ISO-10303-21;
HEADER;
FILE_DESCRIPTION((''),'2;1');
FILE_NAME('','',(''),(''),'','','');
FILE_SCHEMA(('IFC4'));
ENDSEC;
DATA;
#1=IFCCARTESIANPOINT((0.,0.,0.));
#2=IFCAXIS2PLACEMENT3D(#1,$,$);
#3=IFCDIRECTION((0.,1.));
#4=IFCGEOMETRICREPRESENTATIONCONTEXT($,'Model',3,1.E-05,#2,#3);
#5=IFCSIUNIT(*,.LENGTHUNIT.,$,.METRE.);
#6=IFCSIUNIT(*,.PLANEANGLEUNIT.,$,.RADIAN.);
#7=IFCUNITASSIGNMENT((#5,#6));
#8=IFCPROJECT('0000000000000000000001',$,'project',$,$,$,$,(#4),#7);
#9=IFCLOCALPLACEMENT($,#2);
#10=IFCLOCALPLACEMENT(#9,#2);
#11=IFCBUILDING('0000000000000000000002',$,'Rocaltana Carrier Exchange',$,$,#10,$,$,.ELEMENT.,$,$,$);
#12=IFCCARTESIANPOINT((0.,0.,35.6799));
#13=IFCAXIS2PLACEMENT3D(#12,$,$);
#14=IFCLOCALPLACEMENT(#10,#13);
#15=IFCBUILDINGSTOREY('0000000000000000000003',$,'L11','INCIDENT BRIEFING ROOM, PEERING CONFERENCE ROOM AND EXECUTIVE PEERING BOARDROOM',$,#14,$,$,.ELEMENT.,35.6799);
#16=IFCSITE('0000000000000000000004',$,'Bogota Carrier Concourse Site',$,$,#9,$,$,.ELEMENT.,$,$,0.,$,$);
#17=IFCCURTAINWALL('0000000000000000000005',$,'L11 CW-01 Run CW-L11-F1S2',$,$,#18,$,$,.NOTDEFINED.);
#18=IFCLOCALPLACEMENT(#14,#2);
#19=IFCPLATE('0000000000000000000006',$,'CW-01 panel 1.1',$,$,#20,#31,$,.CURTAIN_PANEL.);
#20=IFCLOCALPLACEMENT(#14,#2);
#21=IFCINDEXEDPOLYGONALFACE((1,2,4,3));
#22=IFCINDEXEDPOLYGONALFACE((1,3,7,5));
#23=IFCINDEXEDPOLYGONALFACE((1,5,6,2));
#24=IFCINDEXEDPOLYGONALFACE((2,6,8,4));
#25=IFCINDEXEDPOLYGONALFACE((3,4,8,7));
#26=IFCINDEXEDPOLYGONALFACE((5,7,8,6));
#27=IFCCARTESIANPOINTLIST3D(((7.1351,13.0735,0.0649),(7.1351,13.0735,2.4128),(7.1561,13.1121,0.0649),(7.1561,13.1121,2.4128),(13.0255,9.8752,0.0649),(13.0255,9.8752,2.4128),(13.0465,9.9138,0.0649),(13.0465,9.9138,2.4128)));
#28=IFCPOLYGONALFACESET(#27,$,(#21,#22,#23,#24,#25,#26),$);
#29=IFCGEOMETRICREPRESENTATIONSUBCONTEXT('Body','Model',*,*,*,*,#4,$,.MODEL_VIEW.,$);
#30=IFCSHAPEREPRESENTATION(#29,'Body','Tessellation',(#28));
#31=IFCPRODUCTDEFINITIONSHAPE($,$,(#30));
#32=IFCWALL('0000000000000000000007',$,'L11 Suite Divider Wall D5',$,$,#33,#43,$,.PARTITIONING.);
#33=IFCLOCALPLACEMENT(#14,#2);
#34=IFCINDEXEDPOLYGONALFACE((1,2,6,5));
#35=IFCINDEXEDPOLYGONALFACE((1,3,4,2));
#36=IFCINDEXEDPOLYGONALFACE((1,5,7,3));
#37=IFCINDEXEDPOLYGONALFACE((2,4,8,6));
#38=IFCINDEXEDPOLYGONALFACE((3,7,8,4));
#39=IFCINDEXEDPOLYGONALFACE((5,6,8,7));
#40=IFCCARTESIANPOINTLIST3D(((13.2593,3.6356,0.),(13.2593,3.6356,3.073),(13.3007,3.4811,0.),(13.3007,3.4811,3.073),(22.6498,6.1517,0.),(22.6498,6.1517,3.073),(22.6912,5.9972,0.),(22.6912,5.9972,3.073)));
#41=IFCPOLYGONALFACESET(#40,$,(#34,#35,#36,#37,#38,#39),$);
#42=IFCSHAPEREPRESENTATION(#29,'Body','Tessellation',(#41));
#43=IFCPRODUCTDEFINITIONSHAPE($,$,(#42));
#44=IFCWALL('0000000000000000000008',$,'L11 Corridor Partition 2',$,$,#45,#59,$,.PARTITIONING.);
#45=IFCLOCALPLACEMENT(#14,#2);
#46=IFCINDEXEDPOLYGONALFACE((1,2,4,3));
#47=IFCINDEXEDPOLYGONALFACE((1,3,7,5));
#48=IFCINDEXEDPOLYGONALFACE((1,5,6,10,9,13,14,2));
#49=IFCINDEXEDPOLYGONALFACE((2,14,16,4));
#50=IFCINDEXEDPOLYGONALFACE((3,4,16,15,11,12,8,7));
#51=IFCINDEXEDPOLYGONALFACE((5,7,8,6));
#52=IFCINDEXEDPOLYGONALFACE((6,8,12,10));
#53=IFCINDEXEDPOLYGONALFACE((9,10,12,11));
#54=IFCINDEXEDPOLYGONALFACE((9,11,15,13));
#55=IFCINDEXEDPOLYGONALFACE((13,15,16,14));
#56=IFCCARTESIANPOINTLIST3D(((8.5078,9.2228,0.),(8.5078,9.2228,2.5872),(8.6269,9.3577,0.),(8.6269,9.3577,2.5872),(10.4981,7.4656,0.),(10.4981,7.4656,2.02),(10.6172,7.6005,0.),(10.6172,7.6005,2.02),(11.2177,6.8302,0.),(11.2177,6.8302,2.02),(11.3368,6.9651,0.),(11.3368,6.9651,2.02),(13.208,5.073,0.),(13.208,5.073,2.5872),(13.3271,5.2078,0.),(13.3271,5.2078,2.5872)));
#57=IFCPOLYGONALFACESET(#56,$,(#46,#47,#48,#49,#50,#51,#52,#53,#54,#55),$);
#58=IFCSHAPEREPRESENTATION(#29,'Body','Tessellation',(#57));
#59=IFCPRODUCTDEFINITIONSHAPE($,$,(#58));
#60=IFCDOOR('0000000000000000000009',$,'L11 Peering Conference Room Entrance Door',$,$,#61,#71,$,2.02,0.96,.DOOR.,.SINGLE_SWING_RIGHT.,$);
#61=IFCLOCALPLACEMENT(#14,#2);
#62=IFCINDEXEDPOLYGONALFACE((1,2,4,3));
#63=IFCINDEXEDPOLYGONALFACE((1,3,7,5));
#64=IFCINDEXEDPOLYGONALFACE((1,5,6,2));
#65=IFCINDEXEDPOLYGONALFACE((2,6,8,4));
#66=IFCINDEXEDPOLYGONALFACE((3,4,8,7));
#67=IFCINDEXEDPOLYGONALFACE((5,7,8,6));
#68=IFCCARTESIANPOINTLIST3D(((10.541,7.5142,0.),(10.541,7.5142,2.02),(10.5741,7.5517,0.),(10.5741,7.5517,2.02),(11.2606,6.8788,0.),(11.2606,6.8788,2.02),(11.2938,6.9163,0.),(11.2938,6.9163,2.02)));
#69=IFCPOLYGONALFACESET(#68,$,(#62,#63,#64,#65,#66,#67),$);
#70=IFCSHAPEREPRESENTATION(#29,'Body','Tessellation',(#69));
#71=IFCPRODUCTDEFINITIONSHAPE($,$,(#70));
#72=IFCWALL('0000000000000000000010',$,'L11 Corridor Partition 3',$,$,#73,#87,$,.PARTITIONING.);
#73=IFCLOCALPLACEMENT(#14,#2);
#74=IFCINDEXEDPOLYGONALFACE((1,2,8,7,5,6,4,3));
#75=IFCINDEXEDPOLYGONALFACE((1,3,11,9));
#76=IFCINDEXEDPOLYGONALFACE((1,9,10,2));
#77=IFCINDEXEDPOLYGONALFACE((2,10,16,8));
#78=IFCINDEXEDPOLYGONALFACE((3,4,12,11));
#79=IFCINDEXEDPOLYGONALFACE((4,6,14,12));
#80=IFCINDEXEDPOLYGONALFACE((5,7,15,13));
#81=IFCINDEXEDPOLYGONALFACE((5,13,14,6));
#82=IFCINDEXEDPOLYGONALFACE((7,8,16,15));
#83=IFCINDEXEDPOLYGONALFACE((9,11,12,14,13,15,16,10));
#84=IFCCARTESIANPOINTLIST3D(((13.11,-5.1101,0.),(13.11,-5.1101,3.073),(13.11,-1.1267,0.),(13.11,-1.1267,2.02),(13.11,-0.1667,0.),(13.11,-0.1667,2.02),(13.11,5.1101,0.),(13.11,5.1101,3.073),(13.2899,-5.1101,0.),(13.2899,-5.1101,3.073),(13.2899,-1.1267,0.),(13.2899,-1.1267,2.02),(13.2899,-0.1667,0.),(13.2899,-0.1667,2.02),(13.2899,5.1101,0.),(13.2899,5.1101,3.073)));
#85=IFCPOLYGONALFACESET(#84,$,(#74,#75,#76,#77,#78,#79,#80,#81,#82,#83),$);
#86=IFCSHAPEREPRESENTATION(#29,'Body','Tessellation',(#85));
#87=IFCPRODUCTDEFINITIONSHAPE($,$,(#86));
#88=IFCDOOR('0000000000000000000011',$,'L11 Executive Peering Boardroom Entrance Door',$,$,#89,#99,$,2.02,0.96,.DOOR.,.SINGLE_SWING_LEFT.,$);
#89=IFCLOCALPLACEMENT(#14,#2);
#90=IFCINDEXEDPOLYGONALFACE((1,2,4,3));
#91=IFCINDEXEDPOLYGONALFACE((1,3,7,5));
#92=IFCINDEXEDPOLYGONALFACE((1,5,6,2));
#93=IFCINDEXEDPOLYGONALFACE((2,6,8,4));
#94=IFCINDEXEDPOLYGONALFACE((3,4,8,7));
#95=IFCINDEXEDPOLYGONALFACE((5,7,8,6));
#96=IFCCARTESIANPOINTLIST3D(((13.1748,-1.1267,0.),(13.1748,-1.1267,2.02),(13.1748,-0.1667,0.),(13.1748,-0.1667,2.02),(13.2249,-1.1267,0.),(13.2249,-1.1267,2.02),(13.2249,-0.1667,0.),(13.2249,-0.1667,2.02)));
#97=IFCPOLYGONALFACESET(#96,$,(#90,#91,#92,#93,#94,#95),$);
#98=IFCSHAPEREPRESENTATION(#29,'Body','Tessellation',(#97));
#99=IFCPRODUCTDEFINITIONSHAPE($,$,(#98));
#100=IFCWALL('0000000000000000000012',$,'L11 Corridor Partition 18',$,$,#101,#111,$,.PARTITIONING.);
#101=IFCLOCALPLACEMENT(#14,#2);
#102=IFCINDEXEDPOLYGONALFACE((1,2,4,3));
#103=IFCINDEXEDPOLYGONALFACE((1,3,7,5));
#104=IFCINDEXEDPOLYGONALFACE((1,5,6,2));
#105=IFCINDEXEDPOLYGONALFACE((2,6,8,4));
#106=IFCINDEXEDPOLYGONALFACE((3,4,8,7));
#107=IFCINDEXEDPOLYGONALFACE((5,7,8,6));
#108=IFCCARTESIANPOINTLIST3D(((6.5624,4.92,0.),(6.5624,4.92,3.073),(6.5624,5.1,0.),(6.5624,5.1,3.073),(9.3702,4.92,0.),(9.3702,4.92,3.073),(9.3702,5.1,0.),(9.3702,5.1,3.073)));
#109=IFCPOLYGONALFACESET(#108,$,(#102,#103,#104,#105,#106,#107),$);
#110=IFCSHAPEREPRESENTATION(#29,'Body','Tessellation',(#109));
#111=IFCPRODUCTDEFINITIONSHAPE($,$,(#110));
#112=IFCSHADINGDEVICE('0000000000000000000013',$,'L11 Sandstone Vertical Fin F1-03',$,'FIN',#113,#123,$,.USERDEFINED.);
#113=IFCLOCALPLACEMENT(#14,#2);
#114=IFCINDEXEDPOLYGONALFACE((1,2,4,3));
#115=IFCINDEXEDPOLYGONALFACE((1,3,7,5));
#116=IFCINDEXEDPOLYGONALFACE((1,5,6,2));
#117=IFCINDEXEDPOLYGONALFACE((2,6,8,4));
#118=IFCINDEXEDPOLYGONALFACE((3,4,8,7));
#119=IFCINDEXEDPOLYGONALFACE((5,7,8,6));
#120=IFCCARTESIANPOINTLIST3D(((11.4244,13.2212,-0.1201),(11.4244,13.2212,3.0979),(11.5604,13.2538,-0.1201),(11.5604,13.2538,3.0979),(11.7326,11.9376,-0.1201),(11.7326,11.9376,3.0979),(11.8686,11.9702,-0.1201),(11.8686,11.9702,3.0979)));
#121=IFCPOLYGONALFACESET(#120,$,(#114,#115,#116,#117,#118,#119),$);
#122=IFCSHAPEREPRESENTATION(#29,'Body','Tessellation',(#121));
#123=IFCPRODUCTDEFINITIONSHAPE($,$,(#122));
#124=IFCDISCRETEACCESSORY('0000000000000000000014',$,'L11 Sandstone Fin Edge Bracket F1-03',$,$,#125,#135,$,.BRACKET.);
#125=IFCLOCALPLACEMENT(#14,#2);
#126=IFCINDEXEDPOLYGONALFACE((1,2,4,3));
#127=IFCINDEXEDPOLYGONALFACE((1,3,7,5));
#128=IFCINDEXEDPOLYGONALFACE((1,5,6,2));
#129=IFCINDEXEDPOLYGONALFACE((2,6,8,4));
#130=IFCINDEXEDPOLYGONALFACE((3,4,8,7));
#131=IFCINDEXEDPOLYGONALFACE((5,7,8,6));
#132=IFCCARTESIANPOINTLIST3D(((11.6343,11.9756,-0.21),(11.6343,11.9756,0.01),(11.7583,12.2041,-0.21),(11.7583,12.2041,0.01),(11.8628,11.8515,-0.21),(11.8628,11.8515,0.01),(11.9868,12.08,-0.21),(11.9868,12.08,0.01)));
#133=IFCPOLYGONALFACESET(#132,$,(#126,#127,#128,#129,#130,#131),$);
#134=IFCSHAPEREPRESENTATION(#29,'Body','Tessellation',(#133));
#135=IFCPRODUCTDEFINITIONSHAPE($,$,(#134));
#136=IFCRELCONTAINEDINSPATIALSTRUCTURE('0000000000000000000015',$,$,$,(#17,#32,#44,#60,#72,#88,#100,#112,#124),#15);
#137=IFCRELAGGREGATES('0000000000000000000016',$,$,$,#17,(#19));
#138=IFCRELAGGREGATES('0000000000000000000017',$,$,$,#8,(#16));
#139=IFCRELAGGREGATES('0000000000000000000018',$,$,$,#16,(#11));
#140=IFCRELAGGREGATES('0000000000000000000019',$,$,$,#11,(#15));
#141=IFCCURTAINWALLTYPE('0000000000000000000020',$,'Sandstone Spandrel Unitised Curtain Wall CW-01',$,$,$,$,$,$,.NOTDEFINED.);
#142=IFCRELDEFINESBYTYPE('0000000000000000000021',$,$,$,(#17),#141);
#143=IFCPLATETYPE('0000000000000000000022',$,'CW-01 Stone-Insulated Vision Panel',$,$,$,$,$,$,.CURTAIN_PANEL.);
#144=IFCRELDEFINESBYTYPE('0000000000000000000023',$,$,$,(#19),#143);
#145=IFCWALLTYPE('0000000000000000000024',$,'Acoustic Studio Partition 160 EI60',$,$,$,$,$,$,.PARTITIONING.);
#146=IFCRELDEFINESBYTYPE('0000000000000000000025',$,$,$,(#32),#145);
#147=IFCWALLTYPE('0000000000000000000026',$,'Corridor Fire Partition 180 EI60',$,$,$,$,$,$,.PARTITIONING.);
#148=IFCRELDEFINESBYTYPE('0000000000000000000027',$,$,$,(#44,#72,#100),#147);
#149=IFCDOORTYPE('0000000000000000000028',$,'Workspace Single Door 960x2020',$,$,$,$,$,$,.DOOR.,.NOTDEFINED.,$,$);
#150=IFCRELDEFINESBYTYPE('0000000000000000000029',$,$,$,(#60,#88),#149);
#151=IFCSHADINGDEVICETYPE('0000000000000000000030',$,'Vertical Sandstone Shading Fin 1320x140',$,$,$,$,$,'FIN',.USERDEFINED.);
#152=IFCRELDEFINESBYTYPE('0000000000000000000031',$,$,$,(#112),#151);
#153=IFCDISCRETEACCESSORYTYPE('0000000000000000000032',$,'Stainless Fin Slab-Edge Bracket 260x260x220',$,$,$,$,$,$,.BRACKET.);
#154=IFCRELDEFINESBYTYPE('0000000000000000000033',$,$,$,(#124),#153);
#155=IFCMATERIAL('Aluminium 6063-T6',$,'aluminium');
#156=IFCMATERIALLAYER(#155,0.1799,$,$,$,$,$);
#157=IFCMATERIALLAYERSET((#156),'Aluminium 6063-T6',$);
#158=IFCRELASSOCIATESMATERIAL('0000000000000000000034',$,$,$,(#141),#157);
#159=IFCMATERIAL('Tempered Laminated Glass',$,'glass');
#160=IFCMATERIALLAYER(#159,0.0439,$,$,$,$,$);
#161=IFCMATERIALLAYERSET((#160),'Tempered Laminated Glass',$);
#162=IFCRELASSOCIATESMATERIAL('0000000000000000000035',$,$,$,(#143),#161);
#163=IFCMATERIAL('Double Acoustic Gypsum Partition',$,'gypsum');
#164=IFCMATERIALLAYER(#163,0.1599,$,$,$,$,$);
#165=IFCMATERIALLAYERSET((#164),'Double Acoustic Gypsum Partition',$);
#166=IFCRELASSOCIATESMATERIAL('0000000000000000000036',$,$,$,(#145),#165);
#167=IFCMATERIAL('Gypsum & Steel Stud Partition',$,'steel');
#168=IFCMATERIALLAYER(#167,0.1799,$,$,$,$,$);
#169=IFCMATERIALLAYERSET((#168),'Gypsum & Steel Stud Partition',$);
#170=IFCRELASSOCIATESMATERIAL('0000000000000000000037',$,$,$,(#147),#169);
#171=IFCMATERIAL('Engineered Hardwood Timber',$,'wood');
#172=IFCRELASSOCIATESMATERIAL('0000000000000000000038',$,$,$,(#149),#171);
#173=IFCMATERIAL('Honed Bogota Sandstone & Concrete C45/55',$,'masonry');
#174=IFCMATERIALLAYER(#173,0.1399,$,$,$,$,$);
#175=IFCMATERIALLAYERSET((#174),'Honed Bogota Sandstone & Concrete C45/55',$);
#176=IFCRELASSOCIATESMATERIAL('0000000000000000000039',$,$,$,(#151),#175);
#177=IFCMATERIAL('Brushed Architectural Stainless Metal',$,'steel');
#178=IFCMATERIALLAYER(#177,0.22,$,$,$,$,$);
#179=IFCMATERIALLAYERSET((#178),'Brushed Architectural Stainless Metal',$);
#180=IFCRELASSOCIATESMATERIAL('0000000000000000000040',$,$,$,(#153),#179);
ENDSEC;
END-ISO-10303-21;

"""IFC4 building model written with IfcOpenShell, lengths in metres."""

from ifc_helpers import new_model, si_unit, direction, frame, frame_2d, origin, origin_2d, place, context, subcontext, project, spatial, rectangle, extrude, material, layer, layer_set, type_object, element, fill, aggregate, save


model = new_model("IFC4")

# Units and contexts
model_context = context("Model", 3, precision=1e-05, world=origin(), true_north=direction((0.0, 1.0)))
body_context = subcontext(model_context, "Body", "Model", "MODEL_VIEW")
ifc_project = project(units=[si_unit("LENGTHUNIT", "METRE"), si_unit("PLANEANGLEUNIT", "RADIAN")], contexts=[model_context])

# Site, building, storey
site_placement = place(None, origin())
site = spatial("IfcSite", under=ifc_project, at=site_placement, Name="Bogota Carrier Concourse Site", CompositionType="ELEMENT", RefElevation=0.0)
building_placement = place(site_placement, origin())
building = spatial("IfcBuilding", under=site, at=building_placement, Name="Rocaltana Carrier Exchange", CompositionType="ELEMENT")
storey_placement = place(building_placement, frame((0.0, 0.0, 35.6799)))
storey = spatial("IfcBuildingStorey", under=building, at=storey_placement, Name="L11", Description="INCIDENT BRIEFING ROOM, PEERING CONFERENCE ROOM AND EXECUTIVE PEERING BOARDROOM", CompositionType="ELEMENT", Elevation=35.6799)

# Curtain wall
ifc_material_1 = material(Name="Aluminium 6063-T6", Category="aluminium")
ifc_layer_1 = layer(ifc_material_1, 0.1799)
ifc_layer_set_1 = layer_set([ifc_layer_1], Name="Aluminium 6063-T6")
curtain_wall_type = type_object("IfcCurtainWallType", Name="Sandstone Spandrel Unitised Curtain Wall CW-01", PredefinedType="NOTDEFINED", material=ifc_layer_set_1)
curtain_wall_placement = place(storey_placement, origin())
curtain_wall = element("IfcCurtainWall", 1, at=curtain_wall_placement, inside=storey, type_object=curtain_wall_type, Name="L11 CW-01 Run CW-L11-F1S2", PredefinedType="NOTDEFINED")

# Plate
ifc_material_2 = material(Name="Tempered Laminated Glass", Category="glass")
ifc_layer_2 = layer(ifc_material_2, 0.0439)
ifc_layer_set_2 = layer_set([ifc_layer_2], Name="Tempered Laminated Glass")
plate_type = type_object("IfcPlateType", Name="CW-01 Stone-Insulated Vision Panel", PredefinedType="CURTAIN_PANEL", material=ifc_layer_set_2)
plate_placement = place(storey_placement, frame((10.0908, 11.4937, 0.0649), z_axis=(0.0, 0.0, 1.0), x_axis=(-0.878814, 0.477164, 0.0)))
plate = element("IfcPlate", 2, at=plate_placement, type_object=plate_type, Name="CW-01 panel 1.1", PredefinedType="CURTAIN_PANEL", context=body_context, shape_type="SweptSolid", body=[
    extrude(rectangle(XDim=6.7026, YDim=0.0439, at=origin_2d()), origin(), (0.0, 0.0, 1.0), 2.3479),
])
aggregate(curtain_wall, [plate])

# Wall
ifc_material_3 = material(Name="Double Acoustic Gypsum Partition", Category="gypsum")
ifc_layer_3 = layer(ifc_material_3, 0.1599)
ifc_layer_set_3 = layer_set([ifc_layer_3], Name="Double Acoustic Gypsum Partition")
wall_type_1 = type_object("IfcWallType", Name="Acoustic Studio Partition 160 EI60", PredefinedType="PARTITIONING", material=ifc_layer_set_3)
wall_1_placement = place(storey_placement, frame((13.28, 3.5583, 0.0), z_axis=(0.0, 0.0, 1.0), x_axis=(0.965927, 0.258816, 0.0)))
element("IfcWall", 3, at=wall_1_placement, inside=storey, type_object=wall_type_1, Name="L11 Suite Divider Wall D5", PredefinedType="PARTITIONING", context=body_context, shape_type="SweptSolid", body=[
    extrude(rectangle(XDim=9.7217, YDim=0.1599, at=frame_2d((4.8608, 0.0))), origin(), (0.0, 0.0, 1.0), 3.073),
])

# Walls, openings, doors
ifc_material_4 = material(Name="Gypsum & Steel Stud Partition", Category="steel")
ifc_layer_4 = layer(ifc_material_4, 0.1799)
ifc_layer_set_4 = layer_set([ifc_layer_4], Name="Gypsum & Steel Stud Partition")
wall_type_2 = type_object("IfcWallType", Name="Corridor Fire Partition 180 EI60", PredefinedType="PARTITIONING", material=ifc_layer_set_4)
wall_2_placement = place(storey_placement, frame((8.5674, 9.2903, 0.0), z_axis=(0.0, 0.0, 1.0), x_axis=(0.749626, -0.661861, 0.0)))
wall_2 = element("IfcWall", 4, at=wall_2_placement, inside=storey, type_object=wall_type_2, Name="L11 Corridor Partition 2", PredefinedType="PARTITIONING", context=body_context, shape_type="SweptSolid", body=[
    extrude(rectangle(XDim=6.27, YDim=0.1799, at=frame_2d((3.135, 0.0))), origin(), (0.0, 0.0, 1.0), 2.5872),
])
opening_1_placement = place(wall_2_placement, frame((2.655, 0.0, 0.0)))
opening_1 = element("IfcOpeningElement", 5, at=opening_1_placement, cuts=wall_2, PredefinedType="OPENING", context=body_context, shape_type="SweptSolid", body=[
    extrude(rectangle(XDim=0.96, YDim=2.02, at=frame_2d((0.48, 1.01))), frame((0.0, 0.0999, 0.0), z_axis=(0.0, -1.0, 0.0), x_axis=(1.0, 0.0, 0.0)), (0.0, 0.0, 1.0), 0.2),
])
ifc_material_5 = material(Name="Engineered Hardwood Timber", Category="wood")
door_type = type_object("IfcDoorType", Name="Workspace Single Door 960x2020", OperationType="NOTDEFINED", PredefinedType="DOOR", material=ifc_material_5)
door_1_placement = place(opening_1_placement, origin())
door_1 = element("IfcDoor", 6, at=door_1_placement, inside=storey, type_object=door_type, Name="L11 Peering Conference Room Entrance Door", OperationType="SINGLE_SWING_RIGHT", OverallHeight=2.02, OverallWidth=0.96, PredefinedType="DOOR", context=body_context, shape_type="SweptSolid", body=[
    extrude(rectangle(XDim=0.96, YDim=2.02, at=frame_2d((0.48, 1.01))), frame((0.0, 0.0249, 0.0), z_axis=(0.0, -1.0, 0.0), x_axis=(1.0, 0.0, 0.0)), (0.0, 0.0, 1.0), 0.05),
])
fill(opening_1, door_1)
wall_3_placement = place(storey_placement, frame((13.2, 5.1101, 0.0), z_axis=(0.0, 0.0, 1.0), x_axis=(0.0, -1.0, 0.0)))
wall_3 = element("IfcWall", 7, at=wall_3_placement, inside=storey, type_object=wall_type_2, Name="L11 Corridor Partition 3", PredefinedType="PARTITIONING", context=body_context, shape_type="SweptSolid", body=[
    extrude(rectangle(XDim=10.2202, YDim=0.1799, at=frame_2d((5.1101, 0.0))), origin(), (0.0, 0.0, 1.0), 3.073),
])
opening_2_placement = place(wall_3_placement, frame((5.2769, 0.0, 0.0)))
opening_2 = element("IfcOpeningElement", 8, at=opening_2_placement, cuts=wall_3, PredefinedType="OPENING", context=body_context, shape_type="SweptSolid", body=[
    extrude(rectangle(XDim=0.96, YDim=2.02, at=frame_2d((0.48, 1.01))), frame((0.0, 0.0999, 0.0), z_axis=(0.0, -1.0, 0.0), x_axis=(1.0, 0.0, 0.0)), (0.0, 0.0, 1.0), 0.2),
])
door_2_placement = place(opening_2_placement, origin())
door_2 = element("IfcDoor", 9, at=door_2_placement, inside=storey, type_object=door_type, Name="L11 Executive Peering Boardroom Entrance Door", OperationType="SINGLE_SWING_LEFT", OverallHeight=2.02, OverallWidth=0.96, PredefinedType="DOOR", context=body_context, shape_type="SweptSolid", body=[
    extrude(rectangle(XDim=0.96, YDim=2.02, at=frame_2d((0.48, 1.01))), frame((0.0, 0.0249, 0.0), z_axis=(0.0, -1.0, 0.0), x_axis=(1.0, 0.0, 0.0)), (0.0, 0.0, 1.0), 0.05),
])
fill(opening_2, door_2)

# Wall
wall_4_placement = place(storey_placement, frame((9.3701, 5.01, 0.0), z_axis=(0.0, 0.0, 1.0), x_axis=(-1.0, 0.0, 0.0)))
element("IfcWall", 10, at=wall_4_placement, inside=storey, type_object=wall_type_2, Name="L11 Corridor Partition 18", PredefinedType="PARTITIONING", context=body_context, shape_type="SweptSolid", body=[
    extrude(rectangle(XDim=2.8079, YDim=0.1799, at=frame_2d((1.4038, 0.0))), origin(), (0.0, 0.0, 1.0), 3.073),
])

# Shading device
ifc_material_6 = material(Name="Honed Bogota Sandstone & Concrete C45/55", Category="masonry")
ifc_layer_5 = layer(ifc_material_6, 0.1399)
ifc_layer_set_5 = layer_set([ifc_layer_5], Name="Honed Bogota Sandstone & Concrete C45/55")
shading_device_type = type_object("IfcShadingDeviceType", Name="Vertical Sandstone Shading Fin 1320x140", ElementType="FIN", PredefinedType="USERDEFINED", material=ifc_layer_set_5)
shading_device_placement = place(storey_placement, frame((11.6465, 12.5957, -0.1201), z_axis=(0.0, 0.0, 1.0), x_axis=(-0.233445, 0.97237, 0.0)))
element("IfcShadingDevice", 11, at=shading_device_placement, inside=storey, type_object=shading_device_type, Name="L11 Sandstone Vertical Fin F1-03", ObjectType="FIN", PredefinedType="USERDEFINED", context=body_context, shape_type="SweptSolid", body=[
    extrude(rectangle(XDim=1.3201, YDim=0.1399, at=origin_2d()), origin(), (0.0, 0.0, 1.0), 3.218),
])

# Discrete accessory
ifc_material_7 = material(Name="Brushed Architectural Stainless Metal", Category="steel")
ifc_layer_6 = layer(ifc_material_7, 0.22)
ifc_layer_set_6 = layer_set([ifc_layer_6], Name="Brushed Architectural Stainless Metal")
discrete_accessory_type = type_object("IfcDiscreteAccessoryType", Name="Stainless Fin Slab-Edge Bracket 260x260x220", PredefinedType="BRACKET", material=ifc_layer_set_6)
discrete_accessory_placement = place(storey_placement, frame((11.8105, 12.0278, -0.21), z_axis=(0.0, 0.0, 1.0), x_axis=(-0.878817, 0.477159, 0.0)))
element("IfcDiscreteAccessory", 12, at=discrete_accessory_placement, inside=storey, type_object=discrete_accessory_type, Name="L11 Sandstone Fin Edge Bracket F1-03", PredefinedType="BRACKET", context=body_context, shape_type="SweptSolid", body=[
    extrude(rectangle(XDim=0.26, YDim=0.26, at=origin_2d()), origin(), (0.0, 0.0, 1.0), 0.22),
])

save(model, "model.ifc")
